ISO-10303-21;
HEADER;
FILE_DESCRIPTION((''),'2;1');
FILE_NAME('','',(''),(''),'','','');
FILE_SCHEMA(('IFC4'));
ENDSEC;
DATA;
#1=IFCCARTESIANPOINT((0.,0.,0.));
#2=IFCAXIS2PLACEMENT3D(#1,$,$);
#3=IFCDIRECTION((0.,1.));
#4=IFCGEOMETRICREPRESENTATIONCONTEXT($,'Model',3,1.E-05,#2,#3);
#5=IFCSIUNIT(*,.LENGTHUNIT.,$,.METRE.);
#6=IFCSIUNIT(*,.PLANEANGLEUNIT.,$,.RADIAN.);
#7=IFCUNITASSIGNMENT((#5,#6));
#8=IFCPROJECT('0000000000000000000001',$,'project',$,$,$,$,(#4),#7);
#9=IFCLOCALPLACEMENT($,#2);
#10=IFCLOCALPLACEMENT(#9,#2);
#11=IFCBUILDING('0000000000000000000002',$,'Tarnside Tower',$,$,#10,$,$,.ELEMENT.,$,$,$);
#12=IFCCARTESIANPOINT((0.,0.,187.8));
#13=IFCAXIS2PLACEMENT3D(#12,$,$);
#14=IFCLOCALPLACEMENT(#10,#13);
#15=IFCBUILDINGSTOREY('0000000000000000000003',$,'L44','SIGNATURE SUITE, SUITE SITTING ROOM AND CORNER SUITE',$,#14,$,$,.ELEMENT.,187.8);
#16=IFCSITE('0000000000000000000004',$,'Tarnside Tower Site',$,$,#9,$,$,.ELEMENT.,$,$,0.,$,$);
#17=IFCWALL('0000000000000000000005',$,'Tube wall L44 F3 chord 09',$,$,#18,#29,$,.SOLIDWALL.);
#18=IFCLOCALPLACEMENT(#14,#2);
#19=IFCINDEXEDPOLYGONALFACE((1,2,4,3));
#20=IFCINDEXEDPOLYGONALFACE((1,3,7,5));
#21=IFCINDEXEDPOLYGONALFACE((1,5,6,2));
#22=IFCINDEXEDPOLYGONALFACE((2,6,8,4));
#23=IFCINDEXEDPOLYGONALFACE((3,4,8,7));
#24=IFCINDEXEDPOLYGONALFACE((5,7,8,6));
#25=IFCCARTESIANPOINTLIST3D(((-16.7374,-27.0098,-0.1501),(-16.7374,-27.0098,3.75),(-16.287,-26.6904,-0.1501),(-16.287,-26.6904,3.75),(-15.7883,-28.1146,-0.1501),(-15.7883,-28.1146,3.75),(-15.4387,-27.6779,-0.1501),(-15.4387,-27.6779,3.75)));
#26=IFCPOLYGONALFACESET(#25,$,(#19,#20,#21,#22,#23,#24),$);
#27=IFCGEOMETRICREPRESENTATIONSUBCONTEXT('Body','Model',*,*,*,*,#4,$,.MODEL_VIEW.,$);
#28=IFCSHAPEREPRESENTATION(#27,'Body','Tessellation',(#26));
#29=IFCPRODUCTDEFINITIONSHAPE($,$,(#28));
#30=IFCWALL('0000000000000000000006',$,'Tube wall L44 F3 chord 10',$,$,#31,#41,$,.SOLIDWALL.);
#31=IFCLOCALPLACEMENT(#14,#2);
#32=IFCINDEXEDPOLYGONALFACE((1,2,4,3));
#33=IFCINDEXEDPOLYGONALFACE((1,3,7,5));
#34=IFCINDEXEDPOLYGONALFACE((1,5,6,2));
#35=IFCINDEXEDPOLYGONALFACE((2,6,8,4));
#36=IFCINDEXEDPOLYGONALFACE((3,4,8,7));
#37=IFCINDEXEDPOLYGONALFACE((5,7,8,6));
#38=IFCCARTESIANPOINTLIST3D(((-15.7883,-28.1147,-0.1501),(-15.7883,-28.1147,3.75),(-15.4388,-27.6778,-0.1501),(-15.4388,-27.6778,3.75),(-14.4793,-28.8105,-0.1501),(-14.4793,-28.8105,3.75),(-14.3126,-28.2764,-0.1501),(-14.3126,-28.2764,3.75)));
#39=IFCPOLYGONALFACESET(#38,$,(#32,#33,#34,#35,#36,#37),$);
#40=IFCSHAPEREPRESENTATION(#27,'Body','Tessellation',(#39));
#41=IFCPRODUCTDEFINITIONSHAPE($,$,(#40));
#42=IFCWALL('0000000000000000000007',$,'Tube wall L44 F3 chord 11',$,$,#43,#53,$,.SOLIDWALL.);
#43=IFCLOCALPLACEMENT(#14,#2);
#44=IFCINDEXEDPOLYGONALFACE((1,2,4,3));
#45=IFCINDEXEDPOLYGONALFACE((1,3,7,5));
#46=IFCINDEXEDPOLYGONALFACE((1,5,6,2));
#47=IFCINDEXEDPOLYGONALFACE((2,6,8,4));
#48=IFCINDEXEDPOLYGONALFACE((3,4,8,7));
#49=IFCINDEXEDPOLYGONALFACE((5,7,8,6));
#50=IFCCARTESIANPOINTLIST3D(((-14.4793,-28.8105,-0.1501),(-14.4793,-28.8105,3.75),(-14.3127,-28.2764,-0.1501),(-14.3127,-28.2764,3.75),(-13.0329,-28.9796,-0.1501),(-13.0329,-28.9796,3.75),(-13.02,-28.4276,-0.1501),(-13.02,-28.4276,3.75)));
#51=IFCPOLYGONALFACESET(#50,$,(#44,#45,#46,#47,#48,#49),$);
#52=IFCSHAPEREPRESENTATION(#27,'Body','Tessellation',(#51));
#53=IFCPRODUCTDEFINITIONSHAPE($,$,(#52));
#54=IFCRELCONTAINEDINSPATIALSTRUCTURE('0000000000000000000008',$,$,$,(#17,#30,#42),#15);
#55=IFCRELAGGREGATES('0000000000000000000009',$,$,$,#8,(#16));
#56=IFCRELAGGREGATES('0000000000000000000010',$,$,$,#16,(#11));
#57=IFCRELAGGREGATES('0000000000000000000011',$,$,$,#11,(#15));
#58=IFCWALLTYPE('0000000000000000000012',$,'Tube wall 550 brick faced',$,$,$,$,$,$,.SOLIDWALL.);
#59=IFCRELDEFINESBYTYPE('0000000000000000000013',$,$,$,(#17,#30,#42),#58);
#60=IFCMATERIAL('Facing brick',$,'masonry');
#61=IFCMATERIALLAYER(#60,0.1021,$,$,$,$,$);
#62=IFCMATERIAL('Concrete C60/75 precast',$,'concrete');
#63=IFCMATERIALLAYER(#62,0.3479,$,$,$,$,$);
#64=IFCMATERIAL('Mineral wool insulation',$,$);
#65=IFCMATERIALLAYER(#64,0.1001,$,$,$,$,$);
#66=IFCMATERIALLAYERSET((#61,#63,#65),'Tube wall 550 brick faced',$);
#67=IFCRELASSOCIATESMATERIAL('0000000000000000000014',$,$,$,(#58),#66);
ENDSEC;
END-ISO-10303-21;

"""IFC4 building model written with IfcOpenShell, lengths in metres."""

from ifc_helpers import new_model, si_unit, direction, frame, origin, place, context, subcontext, project, spatial, polyline, outline, extrude, material, layer, layer_set, type_object, element, save


model = new_model("IFC4")

# Units and contexts
model_context = context("Model", 3, precision=1e-05, world=origin(), true_north=direction((0.0, 1.0)))
body_context = subcontext(model_context, "Body", "Model", "MODEL_VIEW")
ifc_project = project(units=[si_unit("LENGTHUNIT", "METRE"), si_unit("PLANEANGLEUNIT", "RADIAN")], contexts=[model_context])

# Site, building, storey
site_placement = place(None, origin())
site = spatial("IfcSite", under=ifc_project, at=site_placement, Name="Tarnside Tower Site", CompositionType="ELEMENT", RefElevation=0.0)
building_placement = place(site_placement, origin())
building = spatial("IfcBuilding", under=site, at=building_placement, Name="Tarnside Tower", CompositionType="ELEMENT")
storey_placement = place(building_placement, frame((0.0, 0.0, 187.8)))
storey = spatial("IfcBuildingStorey", under=building, at=storey_placement, Name="L44", Description="SIGNATURE SUITE, SUITE SITTING ROOM AND CORNER SUITE", CompositionType="ELEMENT", Elevation=187.8)

# Walls
ifc_material_1 = material(Name="Facing brick", Category="masonry")
ifc_layer_1 = layer(ifc_material_1, 0.1021)
ifc_material_2 = material(Name="Concrete C60/75 precast", Category="concrete")
ifc_layer_2 = layer(ifc_material_2, 0.3479)
ifc_material_3 = material(Name="Mineral wool insulation")
ifc_layer_3 = layer(ifc_material_3, 0.1001)
ifc_layer_set_1 = layer_set([ifc_layer_1, ifc_layer_2, ifc_layer_3], Name="Tube wall 550 brick faced")
wall_type_1 = type_object("IfcWallType", Name="Tube wall 550 brick faced", PredefinedType="SOLIDWALL", material=ifc_layer_set_1)
wall_1_placement = place(storey_placement, frame((-16.5122, -26.8501, -0.1501), z_axis=(0.0, 0.0, 1.0), x_axis=(0.651622, -0.758544, 0.0)))
element("IfcWall", 1, at=wall_1_placement, inside=storey, type_object=wall_type_1, Name="Tube wall L44 F3 chord 09", PredefinedType="SOLIDWALL", context=body_context, shape_type="SweptSolid", body=[
    extrude(outline(polyline([(-0.0256, -0.2749), (1.4309, -0.2749), (1.3274, 0.2749), (0.0256, 0.2749), (-0.0256, -0.2749)])), origin(), (0.0, 0.0, 1.0), 3.9001),
])
wall_2_placement = place(storey_placement, frame((-15.6135, -27.8962, -0.1501), z_axis=(0.0, 0.0, 1.0), x_axis=(0.882994, -0.469384, 0.0)))
element("IfcWall", 2, at=wall_2_placement, inside=storey, type_object=wall_type_1, Name="Tube wall L44 F3 chord 10", PredefinedType="SOLIDWALL", context=body_context, shape_type="SweptSolid", body=[
    extrude(outline(polyline([(-0.0518, -0.2749), (1.4307, -0.2749), (1.3271, 0.2749), (0.0518, 0.2749), (-0.0518, -0.2749)])), origin(), (0.0, 0.0, 1.0), 3.9001),
])
wall_3_placement = place(storey_placement, frame((-14.396, -28.5435, -0.1501), z_axis=(0.0, 0.0, 1.0), x_axis=(0.993233, -0.116143, 0.0)))
element("IfcWall", 3, at=wall_3_placement, inside=storey, type_object=wall_type_1, Name="Tube wall L44 F3 chord 11", PredefinedType="SOLIDWALL", context=body_context, shape_type="SweptSolid", body=[
    extrude(outline(polyline([(-0.0518, -0.2749), (1.4045, -0.2749), (1.3533, 0.2749), (0.0518, 0.2749), (-0.0518, -0.2749)])), origin(), (0.0, 0.0, 1.0), 3.9001),
])

save(model, "model.ifc")
